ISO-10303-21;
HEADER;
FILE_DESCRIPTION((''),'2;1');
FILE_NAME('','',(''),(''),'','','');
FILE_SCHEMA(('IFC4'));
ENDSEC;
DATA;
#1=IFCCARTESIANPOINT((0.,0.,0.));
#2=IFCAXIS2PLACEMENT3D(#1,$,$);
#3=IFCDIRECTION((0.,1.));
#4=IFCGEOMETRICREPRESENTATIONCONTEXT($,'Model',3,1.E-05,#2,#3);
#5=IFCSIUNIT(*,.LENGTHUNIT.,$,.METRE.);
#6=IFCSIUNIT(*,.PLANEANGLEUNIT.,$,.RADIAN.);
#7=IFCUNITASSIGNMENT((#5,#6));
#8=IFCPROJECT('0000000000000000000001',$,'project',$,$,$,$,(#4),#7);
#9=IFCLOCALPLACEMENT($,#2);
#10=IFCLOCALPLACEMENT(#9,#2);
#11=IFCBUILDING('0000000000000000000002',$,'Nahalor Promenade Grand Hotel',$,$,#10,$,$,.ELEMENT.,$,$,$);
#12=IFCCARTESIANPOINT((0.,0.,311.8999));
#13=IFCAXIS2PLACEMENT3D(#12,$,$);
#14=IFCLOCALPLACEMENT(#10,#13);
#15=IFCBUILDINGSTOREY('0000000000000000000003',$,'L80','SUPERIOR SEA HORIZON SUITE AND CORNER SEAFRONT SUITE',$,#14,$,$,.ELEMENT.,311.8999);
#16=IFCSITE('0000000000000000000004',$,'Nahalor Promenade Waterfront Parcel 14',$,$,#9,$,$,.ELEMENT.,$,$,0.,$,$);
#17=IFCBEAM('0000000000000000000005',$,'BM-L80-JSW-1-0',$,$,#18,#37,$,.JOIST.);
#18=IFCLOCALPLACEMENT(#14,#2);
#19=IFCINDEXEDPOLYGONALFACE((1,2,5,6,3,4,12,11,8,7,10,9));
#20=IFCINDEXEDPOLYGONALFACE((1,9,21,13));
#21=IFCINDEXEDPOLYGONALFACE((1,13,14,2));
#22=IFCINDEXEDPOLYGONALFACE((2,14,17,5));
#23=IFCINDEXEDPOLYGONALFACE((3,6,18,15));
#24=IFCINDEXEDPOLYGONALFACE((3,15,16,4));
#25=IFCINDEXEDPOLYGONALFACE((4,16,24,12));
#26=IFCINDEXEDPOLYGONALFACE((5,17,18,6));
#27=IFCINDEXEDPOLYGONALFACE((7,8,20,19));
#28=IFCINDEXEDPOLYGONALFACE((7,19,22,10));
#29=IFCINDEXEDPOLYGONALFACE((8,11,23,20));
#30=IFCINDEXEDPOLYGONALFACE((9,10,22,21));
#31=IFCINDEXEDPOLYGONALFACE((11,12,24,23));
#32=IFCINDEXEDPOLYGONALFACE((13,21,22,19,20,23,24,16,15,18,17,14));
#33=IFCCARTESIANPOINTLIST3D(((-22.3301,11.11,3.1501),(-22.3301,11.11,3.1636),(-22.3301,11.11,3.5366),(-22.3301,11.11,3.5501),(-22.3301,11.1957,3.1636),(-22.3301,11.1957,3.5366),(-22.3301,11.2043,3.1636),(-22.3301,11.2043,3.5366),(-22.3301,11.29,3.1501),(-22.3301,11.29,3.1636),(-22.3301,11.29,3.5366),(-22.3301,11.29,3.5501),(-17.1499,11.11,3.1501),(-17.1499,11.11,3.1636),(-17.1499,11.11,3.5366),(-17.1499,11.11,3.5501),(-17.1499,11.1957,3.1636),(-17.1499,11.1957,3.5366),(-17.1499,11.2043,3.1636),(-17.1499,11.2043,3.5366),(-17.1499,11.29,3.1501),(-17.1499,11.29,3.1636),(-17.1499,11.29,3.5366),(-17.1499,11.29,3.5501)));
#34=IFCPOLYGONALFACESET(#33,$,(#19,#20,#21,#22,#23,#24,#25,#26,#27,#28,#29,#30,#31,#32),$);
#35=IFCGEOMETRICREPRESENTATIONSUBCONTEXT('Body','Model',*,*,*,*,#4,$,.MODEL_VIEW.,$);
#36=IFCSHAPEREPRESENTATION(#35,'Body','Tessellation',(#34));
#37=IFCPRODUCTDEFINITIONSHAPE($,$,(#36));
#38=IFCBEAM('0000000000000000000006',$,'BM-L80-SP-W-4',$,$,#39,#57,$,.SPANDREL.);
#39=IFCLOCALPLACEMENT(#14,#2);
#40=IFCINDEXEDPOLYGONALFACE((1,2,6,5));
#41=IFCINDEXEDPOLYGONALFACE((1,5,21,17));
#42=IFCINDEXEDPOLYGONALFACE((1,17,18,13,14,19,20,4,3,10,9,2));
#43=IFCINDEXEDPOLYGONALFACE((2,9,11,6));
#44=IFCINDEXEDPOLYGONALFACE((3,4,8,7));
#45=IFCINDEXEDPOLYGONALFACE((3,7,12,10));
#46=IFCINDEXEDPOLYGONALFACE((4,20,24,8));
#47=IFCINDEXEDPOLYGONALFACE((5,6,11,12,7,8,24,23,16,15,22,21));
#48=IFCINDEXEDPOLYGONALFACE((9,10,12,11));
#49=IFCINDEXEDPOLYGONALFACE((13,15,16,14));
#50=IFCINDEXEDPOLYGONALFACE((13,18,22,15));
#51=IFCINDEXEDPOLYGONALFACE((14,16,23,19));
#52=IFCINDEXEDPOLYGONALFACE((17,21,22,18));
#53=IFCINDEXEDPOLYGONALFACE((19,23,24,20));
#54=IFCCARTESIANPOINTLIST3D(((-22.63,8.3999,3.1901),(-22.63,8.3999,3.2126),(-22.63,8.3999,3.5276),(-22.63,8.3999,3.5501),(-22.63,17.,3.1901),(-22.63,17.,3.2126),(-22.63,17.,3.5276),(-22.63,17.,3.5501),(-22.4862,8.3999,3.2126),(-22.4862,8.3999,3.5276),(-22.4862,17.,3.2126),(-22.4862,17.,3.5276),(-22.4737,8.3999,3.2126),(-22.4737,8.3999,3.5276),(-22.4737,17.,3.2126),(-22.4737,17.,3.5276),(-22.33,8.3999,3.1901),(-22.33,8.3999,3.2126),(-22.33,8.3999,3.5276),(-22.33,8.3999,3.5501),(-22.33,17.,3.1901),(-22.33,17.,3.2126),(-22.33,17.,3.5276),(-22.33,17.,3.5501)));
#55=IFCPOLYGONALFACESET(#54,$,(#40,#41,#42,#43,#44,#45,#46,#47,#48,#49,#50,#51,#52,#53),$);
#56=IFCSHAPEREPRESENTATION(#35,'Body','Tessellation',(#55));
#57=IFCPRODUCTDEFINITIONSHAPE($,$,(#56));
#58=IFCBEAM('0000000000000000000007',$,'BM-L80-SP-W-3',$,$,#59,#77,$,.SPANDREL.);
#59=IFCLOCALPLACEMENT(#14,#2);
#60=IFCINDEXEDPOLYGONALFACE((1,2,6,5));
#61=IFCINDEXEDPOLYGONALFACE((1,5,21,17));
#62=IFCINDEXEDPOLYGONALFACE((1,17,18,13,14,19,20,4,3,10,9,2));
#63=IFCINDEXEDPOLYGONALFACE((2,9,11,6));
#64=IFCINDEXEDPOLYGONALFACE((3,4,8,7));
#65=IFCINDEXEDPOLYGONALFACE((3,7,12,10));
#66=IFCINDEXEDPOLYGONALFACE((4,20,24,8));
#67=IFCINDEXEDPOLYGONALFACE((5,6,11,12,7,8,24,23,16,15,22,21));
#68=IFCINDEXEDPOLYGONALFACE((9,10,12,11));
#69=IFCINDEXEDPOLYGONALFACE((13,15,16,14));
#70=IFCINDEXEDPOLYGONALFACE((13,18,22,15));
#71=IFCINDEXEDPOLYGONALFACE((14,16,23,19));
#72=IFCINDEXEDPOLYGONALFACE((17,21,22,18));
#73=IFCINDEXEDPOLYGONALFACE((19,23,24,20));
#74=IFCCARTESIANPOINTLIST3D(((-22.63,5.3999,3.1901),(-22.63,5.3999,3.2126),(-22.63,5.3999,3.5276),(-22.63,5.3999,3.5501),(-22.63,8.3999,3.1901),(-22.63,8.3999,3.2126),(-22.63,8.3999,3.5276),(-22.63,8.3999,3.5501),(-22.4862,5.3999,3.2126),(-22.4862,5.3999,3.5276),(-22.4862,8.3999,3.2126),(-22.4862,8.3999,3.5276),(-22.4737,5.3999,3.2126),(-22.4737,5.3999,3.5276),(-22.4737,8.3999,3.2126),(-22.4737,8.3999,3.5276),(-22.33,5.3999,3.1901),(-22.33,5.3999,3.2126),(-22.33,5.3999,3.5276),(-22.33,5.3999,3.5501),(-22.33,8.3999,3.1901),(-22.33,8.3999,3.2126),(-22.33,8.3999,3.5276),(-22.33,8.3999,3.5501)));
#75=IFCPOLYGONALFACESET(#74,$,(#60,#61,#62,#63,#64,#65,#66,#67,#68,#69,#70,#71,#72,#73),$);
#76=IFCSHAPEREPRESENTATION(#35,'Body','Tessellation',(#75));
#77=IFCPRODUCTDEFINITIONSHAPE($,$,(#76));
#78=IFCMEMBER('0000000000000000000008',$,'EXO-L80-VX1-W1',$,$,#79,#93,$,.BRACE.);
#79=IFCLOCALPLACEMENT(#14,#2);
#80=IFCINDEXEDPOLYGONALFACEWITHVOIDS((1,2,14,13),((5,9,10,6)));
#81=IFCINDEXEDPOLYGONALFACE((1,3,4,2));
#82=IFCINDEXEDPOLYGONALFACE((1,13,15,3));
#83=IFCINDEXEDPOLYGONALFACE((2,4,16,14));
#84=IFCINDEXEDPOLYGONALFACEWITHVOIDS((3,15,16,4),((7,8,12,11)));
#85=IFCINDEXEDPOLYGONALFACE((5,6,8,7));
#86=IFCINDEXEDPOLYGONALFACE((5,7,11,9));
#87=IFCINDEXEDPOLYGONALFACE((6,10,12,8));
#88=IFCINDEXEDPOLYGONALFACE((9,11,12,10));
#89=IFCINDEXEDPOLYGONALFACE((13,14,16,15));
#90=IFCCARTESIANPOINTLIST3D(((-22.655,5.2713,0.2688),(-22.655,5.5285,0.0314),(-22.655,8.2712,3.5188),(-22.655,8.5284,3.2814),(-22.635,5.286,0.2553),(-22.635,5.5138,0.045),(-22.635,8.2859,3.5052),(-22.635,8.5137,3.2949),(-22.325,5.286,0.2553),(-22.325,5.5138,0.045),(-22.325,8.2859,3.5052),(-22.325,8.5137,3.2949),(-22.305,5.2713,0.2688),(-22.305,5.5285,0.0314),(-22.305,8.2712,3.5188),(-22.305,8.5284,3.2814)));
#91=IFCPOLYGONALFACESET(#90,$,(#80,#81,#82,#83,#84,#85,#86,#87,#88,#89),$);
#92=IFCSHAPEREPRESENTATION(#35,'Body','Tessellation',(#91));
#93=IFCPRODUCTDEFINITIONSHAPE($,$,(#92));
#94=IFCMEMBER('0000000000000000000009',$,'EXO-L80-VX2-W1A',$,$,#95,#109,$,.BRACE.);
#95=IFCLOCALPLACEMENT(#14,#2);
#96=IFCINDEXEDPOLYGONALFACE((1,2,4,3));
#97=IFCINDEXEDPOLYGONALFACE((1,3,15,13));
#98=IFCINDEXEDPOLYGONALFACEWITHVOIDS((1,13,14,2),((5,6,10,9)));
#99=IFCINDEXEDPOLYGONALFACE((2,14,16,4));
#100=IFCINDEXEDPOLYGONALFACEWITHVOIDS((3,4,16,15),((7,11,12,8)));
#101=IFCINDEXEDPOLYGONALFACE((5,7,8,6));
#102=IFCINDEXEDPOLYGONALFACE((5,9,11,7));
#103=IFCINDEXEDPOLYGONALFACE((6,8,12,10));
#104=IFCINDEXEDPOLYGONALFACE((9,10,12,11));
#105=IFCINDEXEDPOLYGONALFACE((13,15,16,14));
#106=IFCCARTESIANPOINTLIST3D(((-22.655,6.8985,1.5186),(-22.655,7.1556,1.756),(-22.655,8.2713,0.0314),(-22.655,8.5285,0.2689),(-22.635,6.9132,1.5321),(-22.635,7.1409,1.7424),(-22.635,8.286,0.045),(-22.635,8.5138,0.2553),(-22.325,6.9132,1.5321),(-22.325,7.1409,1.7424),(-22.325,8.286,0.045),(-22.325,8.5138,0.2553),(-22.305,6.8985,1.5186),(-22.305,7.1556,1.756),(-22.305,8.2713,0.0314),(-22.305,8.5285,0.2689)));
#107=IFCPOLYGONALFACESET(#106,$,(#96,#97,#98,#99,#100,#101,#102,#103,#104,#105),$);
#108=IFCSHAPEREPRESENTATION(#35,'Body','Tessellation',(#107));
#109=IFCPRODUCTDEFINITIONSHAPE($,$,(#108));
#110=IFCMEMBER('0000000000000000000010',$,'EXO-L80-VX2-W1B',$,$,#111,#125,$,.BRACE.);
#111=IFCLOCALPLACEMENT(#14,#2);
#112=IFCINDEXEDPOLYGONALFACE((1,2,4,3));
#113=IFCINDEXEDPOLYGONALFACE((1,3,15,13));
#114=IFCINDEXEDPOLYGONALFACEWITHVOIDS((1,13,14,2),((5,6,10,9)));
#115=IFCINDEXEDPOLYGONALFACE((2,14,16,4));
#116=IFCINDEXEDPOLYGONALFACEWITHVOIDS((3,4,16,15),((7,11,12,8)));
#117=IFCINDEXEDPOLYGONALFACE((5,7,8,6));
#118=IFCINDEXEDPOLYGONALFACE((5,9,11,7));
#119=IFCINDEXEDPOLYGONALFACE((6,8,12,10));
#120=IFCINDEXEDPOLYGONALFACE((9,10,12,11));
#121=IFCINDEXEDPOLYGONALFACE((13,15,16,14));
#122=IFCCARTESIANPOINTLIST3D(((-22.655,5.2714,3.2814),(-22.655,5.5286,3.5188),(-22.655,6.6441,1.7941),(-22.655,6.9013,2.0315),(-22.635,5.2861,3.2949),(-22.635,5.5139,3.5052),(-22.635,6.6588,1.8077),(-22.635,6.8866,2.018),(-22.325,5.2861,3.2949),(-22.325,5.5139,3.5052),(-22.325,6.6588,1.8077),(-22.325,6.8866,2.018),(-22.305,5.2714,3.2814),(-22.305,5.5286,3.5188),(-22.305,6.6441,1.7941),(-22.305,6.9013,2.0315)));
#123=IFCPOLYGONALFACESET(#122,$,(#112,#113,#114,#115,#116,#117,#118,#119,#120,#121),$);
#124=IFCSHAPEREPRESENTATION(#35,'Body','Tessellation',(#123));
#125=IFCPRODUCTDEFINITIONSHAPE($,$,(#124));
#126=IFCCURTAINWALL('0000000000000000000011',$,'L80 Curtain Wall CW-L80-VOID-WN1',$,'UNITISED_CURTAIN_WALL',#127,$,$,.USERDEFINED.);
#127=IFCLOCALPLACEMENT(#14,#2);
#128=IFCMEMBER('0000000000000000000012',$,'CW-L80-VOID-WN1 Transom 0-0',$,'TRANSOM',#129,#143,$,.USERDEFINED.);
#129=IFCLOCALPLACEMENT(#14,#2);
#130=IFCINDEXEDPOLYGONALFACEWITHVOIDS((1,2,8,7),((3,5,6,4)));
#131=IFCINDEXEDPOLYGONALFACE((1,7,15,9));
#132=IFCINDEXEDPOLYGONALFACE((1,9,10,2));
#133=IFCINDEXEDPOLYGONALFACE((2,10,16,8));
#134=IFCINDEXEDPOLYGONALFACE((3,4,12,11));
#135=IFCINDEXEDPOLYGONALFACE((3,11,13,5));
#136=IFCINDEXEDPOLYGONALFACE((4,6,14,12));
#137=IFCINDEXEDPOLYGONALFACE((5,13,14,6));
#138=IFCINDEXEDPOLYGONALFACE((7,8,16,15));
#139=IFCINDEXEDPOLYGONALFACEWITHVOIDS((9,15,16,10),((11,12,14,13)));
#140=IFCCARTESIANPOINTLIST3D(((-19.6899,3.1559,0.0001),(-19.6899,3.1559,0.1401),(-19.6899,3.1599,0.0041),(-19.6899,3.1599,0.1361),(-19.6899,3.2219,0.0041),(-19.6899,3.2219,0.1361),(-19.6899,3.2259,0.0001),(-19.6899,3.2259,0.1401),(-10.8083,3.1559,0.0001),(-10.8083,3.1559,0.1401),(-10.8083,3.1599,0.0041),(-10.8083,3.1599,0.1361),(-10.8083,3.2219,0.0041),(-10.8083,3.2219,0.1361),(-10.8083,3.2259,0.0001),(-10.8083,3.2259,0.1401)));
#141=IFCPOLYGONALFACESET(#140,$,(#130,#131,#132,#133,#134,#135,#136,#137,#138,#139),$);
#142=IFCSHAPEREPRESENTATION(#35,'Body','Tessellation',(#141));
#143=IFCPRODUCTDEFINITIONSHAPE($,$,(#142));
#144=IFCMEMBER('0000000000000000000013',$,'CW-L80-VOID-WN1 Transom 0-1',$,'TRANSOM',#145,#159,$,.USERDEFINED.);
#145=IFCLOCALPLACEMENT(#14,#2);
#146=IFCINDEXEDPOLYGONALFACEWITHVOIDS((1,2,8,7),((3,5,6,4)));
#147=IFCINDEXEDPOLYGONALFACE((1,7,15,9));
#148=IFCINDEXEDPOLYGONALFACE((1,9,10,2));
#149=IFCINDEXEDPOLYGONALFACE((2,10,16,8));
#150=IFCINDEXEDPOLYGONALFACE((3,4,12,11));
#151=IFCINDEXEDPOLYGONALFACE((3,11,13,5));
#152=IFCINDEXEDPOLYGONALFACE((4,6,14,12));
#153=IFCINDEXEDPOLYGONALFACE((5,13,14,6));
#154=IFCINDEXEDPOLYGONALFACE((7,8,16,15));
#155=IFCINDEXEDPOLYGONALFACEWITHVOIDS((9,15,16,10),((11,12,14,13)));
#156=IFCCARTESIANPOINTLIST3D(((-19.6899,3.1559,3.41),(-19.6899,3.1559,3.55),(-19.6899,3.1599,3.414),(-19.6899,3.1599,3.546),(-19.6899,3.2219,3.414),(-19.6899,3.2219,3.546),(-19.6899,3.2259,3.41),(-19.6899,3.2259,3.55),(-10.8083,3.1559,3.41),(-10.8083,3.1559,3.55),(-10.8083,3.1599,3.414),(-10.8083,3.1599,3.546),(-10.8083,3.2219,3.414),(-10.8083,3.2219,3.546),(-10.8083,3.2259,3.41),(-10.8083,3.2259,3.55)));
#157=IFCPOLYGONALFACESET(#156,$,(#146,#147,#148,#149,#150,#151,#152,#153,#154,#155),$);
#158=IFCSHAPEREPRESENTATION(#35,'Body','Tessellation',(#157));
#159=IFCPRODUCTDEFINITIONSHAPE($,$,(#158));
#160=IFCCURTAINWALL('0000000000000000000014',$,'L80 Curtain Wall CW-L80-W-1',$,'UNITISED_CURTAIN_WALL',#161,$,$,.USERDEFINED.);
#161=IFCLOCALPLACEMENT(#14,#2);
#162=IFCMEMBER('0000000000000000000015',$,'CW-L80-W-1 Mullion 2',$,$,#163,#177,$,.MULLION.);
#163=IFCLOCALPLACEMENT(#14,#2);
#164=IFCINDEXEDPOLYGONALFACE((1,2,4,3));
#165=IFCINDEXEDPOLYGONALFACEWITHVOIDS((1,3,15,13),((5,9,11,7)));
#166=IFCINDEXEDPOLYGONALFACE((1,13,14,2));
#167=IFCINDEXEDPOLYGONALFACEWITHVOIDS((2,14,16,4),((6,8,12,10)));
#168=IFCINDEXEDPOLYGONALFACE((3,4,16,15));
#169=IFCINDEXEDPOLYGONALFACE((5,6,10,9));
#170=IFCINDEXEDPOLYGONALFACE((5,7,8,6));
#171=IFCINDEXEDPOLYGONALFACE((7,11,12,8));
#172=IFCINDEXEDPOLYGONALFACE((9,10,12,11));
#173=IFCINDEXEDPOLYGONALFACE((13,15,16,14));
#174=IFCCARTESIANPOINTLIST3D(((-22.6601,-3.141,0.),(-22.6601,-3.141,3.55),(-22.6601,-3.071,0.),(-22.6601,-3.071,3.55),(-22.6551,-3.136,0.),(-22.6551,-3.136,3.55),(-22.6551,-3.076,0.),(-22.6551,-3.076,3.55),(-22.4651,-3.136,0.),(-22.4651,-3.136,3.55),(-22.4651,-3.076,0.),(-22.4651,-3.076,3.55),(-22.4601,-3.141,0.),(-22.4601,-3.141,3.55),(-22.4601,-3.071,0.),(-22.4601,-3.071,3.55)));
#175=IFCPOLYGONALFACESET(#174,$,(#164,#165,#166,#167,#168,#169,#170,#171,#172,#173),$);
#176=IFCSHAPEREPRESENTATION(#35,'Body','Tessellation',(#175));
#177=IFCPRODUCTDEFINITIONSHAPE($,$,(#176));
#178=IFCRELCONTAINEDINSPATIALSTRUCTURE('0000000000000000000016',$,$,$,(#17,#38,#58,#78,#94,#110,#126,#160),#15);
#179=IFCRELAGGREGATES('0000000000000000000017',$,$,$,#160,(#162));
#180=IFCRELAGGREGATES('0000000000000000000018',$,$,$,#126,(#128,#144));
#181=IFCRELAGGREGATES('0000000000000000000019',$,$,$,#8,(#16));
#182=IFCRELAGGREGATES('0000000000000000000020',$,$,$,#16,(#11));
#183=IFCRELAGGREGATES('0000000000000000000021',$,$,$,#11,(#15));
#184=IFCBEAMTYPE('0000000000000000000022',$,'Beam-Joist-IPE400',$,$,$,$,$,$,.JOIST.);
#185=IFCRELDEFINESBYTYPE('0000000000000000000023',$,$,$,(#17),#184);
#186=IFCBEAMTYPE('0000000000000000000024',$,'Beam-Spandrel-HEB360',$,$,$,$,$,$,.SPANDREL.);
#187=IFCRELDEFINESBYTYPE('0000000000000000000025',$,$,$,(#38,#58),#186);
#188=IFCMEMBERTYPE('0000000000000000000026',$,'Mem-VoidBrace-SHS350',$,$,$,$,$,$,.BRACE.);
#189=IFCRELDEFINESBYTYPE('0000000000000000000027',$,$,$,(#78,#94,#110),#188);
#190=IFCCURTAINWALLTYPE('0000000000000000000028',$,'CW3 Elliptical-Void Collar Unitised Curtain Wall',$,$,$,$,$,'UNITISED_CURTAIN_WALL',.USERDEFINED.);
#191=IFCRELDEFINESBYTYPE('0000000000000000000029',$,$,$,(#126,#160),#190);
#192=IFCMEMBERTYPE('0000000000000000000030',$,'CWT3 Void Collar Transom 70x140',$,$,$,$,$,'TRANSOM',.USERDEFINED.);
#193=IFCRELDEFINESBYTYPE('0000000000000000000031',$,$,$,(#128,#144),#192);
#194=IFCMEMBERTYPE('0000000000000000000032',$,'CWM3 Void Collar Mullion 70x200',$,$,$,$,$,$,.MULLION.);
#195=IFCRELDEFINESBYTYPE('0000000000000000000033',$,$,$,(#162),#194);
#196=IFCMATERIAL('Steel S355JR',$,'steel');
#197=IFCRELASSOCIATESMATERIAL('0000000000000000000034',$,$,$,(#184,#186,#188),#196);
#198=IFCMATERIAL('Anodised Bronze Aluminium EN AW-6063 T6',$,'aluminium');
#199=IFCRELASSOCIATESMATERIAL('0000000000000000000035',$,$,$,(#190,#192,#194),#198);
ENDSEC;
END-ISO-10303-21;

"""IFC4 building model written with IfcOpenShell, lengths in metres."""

from ifc_helpers import new_model, si_unit, direction, frame, origin, origin_2d, place, context, subcontext, project, spatial, hollow_rectangle, i_section, extrude, source, transform, mapped, material, material_profile, profile_set, type_object, element, aggregate, save


model = new_model("IFC4")

# Units and contexts
model_context = context("Model", 3, precision=1e-05, world=origin(), true_north=direction((0.0, 1.0)))
body_context = subcontext(model_context, "Body", "Model", "MODEL_VIEW")
ifc_project = project(units=[si_unit("LENGTHUNIT", "METRE"), si_unit("PLANEANGLEUNIT", "RADIAN")], contexts=[model_context])

# Site, building, storey
site_placement = place(None, origin())
site = spatial("IfcSite", under=ifc_project, at=site_placement, Name="Nahalor Promenade Waterfront Parcel 14", CompositionType="ELEMENT", RefElevation=0.0)
building_placement = place(site_placement, origin())
building = spatial("IfcBuilding", under=site, at=building_placement, Name="Nahalor Promenade Grand Hotel", CompositionType="ELEMENT")
storey_placement = place(building_placement, frame((0.0, 0.0, 311.8999)))
storey = spatial("IfcBuildingStorey", under=building, at=storey_placement, Name="L80", Description="SUPERIOR SEA HORIZON SUITE AND CORNER SEAFRONT SUITE", CompositionType="ELEMENT", Elevation=311.8999)

# Shared definitions
ifc_material_1 = material(Name="Steel S355JR", Category="steel")

# Beams
ifc_material_profile_1 = material_profile(ifc_material_1, i_section(OverallWidth=0.18, OverallDepth=0.4, WebThickness=0.0086, FlangeThickness=0.0135, at=origin_2d()), Name="IPE 400")
ifc_profile_set_1 = profile_set([ifc_material_profile_1], Name="Steel S355JR")
beam_type_1 = type_object("IfcBeamType", Name="Beam-Joist-IPE400", PredefinedType="JOIST", material=ifc_profile_set_1)
shared_shape_1 = source(origin(), body_context, "Body", "SweptSolid", [
    extrude(i_section(OverallWidth=0.18, OverallDepth=0.4, WebThickness=0.0086, FlangeThickness=0.0135, at=origin_2d()), origin(), (0.0, 0.0, 1.0), 5.1802),
])
beam_1_placement = place(storey_placement, frame((-22.3301, 11.2, 3.3501), z_axis=(1.0, 0.0, 0.0), x_axis=(0.0, 1.0, 0.0)))
element("IfcBeam", 1, at=beam_1_placement, inside=storey, type_object=beam_type_1, Name="BM-L80-JSW-1-0", PredefinedType="JOIST", context=body_context, shape_type="MappedRepresentation", body=[
    mapped(shared_shape_1, transform((0.0, 0.0, 0.0), scale=1.0)),
])
ifc_material_profile_2 = material_profile(ifc_material_1, i_section(OverallWidth=0.3, OverallDepth=0.36, WebThickness=0.0125, FlangeThickness=0.0225, at=origin_2d()), Name="HEB 360")
ifc_profile_set_2 = profile_set([ifc_material_profile_2], Name="Steel S355JR")
beam_type_2 = type_object("IfcBeamType", Name="Beam-Spandrel-HEB360", PredefinedType="SPANDREL", material=ifc_profile_set_2)
shared_shape_2 = source(origin(), body_context, "Body", "SweptSolid", [
    extrude(i_section(OverallWidth=0.3, OverallDepth=0.36, WebThickness=0.0125, FlangeThickness=0.0225, at=origin_2d()), origin(), (0.0, 0.0, 1.0), 8.6001),
])
beam_2_placement = place(storey_placement, frame((-22.48, 8.3999, 3.3701), z_axis=(0.0, 1.0, 0.0), x_axis=(-1.0, 0.0, 0.0)))
element("IfcBeam", 2, at=beam_2_placement, inside=storey, type_object=beam_type_2, Name="BM-L80-SP-W-4", PredefinedType="SPANDREL", context=body_context, shape_type="MappedRepresentation", body=[
    mapped(shared_shape_2, transform((0.0, 0.0, 0.0), scale=1.0)),
])
shared_shape_3 = source(origin(), body_context, "Body", "SweptSolid", [
    extrude(i_section(OverallWidth=0.3, OverallDepth=0.36, WebThickness=0.0125, FlangeThickness=0.0225, at=origin_2d()), origin(), (0.0, 0.0, 1.0), 3.0),
])
beam_3_placement = place(storey_placement, frame((-22.48, 5.3999, 3.3701), z_axis=(0.0, 1.0, 0.0), x_axis=(-1.0, 0.0, 0.0)))
element("IfcBeam", 3, at=beam_3_placement, inside=storey, type_object=beam_type_2, Name="BM-L80-SP-W-3", PredefinedType="SPANDREL", context=body_context, shape_type="MappedRepresentation", body=[
    mapped(shared_shape_3, transform((0.0, 0.0, 0.0), scale=1.0)),
])

# Members
ifc_material_profile_3 = material_profile(ifc_material_1, hollow_rectangle(XDim=0.35, YDim=0.35, WallThickness=0.02, at=origin_2d()), Name="SHS 350x350x20")
ifc_profile_set_3 = profile_set([ifc_material_profile_3], Name="Steel S355JR")
member_type_1 = type_object("IfcMemberType", Name="Mem-VoidBrace-SHS350", PredefinedType="BRACE", material=ifc_profile_set_3)
shared_shape_4 = source(origin(), body_context, "Body", "SweptSolid", [
    extrude(hollow_rectangle(XDim=0.35, YDim=0.35, WallThickness=0.02, at=origin_2d()), origin(), (0.0, 0.0, 1.0), 4.4229),
])
member_1_placement = place(storey_placement, frame((-22.48, 5.3999, 0.1501), z_axis=(0.0, 0.67828, 0.734803), x_axis=(-1.0, 0.0, 0.0)))
element("IfcMember", 4, at=member_1_placement, inside=storey, type_object=member_type_1, Name="EXO-L80-VX1-W1", PredefinedType="BRACE", context=body_context, shape_type="MappedRepresentation", body=[
    mapped(shared_shape_4, transform((0.0, 0.0, 0.0), scale=1.0)),
])
shared_shape_5 = source(origin(), body_context, "Body", "SweptSolid", [
    extrude(hollow_rectangle(XDim=0.35, YDim=0.35, WallThickness=0.02, at=origin_2d()), origin(), (0.0, 0.0, 1.0), 2.0239),
])
for number, where, z_axis, x_axis, name in (
    (5, (-22.48, 8.3999, 0.1501), (0.0, -0.678315, 0.734771), (1.0, 0.0, 0.0), "EXO-L80-VX2-W1A"),
    (6, (-22.48, 6.7727, 1.9128), (0.0, -0.678255, 0.734827), (1.0, 0.0, 0.0), "EXO-L80-VX2-W1B"),
):
    element("IfcMember", number, at=place(storey_placement, frame(where, z_axis=z_axis, x_axis=x_axis)), inside=storey, type_object=member_type_1, Name=name, PredefinedType="BRACE", context=body_context, shape_type="MappedRepresentation", body=[
        mapped(shared_shape_5, transform((0.0, 0.0, 0.0), scale=1.0)),
    ])

# Curtain wall, members
ifc_material_2 = material(Name="Anodised Bronze Aluminium EN AW-6063 T6", Category="aluminium")
curtain_wall_type = type_object("IfcCurtainWallType", Name="CW3 Elliptical-Void Collar Unitised Curtain Wall", ElementType="UNITISED_CURTAIN_WALL", PredefinedType="USERDEFINED", material=ifc_material_2)
curtain_wall_1_placement = place(storey_placement, origin())
curtain_wall_1 = element("IfcCurtainWall", 7, at=curtain_wall_1_placement, inside=storey, type_object=curtain_wall_type, Name="L80 Curtain Wall CW-L80-VOID-WN1", ObjectType="UNITISED_CURTAIN_WALL", PredefinedType="USERDEFINED")
ifc_material_profile_4 = material_profile(ifc_material_2, hollow_rectangle(XDim=0.07, YDim=0.14, WallThickness=0.004, at=origin_2d()), Name="CWT 70x140x4")
ifc_profile_set_4 = profile_set([ifc_material_profile_4], Name="Anodised Bronze Aluminium EN AW-6063 T6")
member_type_2 = type_object("IfcMemberType", Name="CWT3 Void Collar Transom 70x140", ElementType="TRANSOM", PredefinedType="USERDEFINED", material=ifc_profile_set_4)
shared_shape_6 = source(origin(), body_context, "Body", "SweptSolid", [
    extrude(hollow_rectangle(XDim=0.07, YDim=0.14, WallThickness=0.004, at=origin_2d()), origin(), (0.0, 0.0, 1.0), 8.8816),
])
member_2_placement = place(storey_placement, frame((-19.6899, 3.1909, 0.0701), z_axis=(1.0, 0.0, 0.0), x_axis=(0.0, 1.0, 0.0)))
member_2 = element("IfcMember", 8, at=member_2_placement, type_object=member_type_2, Name="CW-L80-VOID-WN1 Transom 0-0", ObjectType="TRANSOM", PredefinedType="USERDEFINED", context=body_context, shape_type="MappedRepresentation", body=[
    mapped(shared_shape_6, transform((0.0, 0.0, 0.0), scale=1.0)),
])
member_3_placement = place(storey_placement, frame((-19.6899, 3.1909, 3.48), z_axis=(1.0, 0.0, 0.0), x_axis=(0.0, 1.0, 0.0)))
member_3 = element("IfcMember", 9, at=member_3_placement, type_object=member_type_2, Name="CW-L80-VOID-WN1 Transom 0-1", ObjectType="TRANSOM", PredefinedType="USERDEFINED", context=body_context, shape_type="MappedRepresentation", body=[
    mapped(shared_shape_6, transform((0.0, 0.0, 0.0), scale=1.0)),
])

# Curtain wall, member
curtain_wall_2_placement = place(storey_placement, origin())
curtain_wall_2 = element("IfcCurtainWall", 10, at=curtain_wall_2_placement, inside=storey, type_object=curtain_wall_type, Name="L80 Curtain Wall CW-L80-W-1", ObjectType="UNITISED_CURTAIN_WALL", PredefinedType="USERDEFINED")
ifc_material_profile_5 = material_profile(ifc_material_2, hollow_rectangle(XDim=0.07, YDim=0.2, WallThickness=0.005, at=origin_2d()), Name="CWM 70x200x5")
ifc_profile_set_5 = profile_set([ifc_material_profile_5], Name="Anodised Bronze Aluminium EN AW-6063 T6")
member_type_3 = type_object("IfcMemberType", Name="CWM3 Void Collar Mullion 70x200", PredefinedType="MULLION", material=ifc_profile_set_5)
shared_shape_7 = source(origin(), body_context, "Body", "SweptSolid", [
    extrude(hollow_rectangle(XDim=0.07, YDim=0.2, WallThickness=0.005, at=origin_2d()), origin(), (0.0, 0.0, 1.0), 3.55),
])
member_4_placement = place(storey_placement, frame((-22.5601, -3.106, 0.0), z_axis=(0.0, 0.0, 1.0), x_axis=(0.0, 1.0, 0.0)))
member_4 = element("IfcMember", 11, at=member_4_placement, type_object=member_type_3, Name="CW-L80-W-1 Mullion 2", PredefinedType="MULLION", context=body_context, shape_type="MappedRepresentation", body=[
    mapped(shared_shape_7, transform((0.0, 0.0, 0.0), scale=1.0)),
])
aggregate(curtain_wall_2, [member_4])

aggregate(curtain_wall_1, [member_2, member_3])

save(model, "model.ifc")
